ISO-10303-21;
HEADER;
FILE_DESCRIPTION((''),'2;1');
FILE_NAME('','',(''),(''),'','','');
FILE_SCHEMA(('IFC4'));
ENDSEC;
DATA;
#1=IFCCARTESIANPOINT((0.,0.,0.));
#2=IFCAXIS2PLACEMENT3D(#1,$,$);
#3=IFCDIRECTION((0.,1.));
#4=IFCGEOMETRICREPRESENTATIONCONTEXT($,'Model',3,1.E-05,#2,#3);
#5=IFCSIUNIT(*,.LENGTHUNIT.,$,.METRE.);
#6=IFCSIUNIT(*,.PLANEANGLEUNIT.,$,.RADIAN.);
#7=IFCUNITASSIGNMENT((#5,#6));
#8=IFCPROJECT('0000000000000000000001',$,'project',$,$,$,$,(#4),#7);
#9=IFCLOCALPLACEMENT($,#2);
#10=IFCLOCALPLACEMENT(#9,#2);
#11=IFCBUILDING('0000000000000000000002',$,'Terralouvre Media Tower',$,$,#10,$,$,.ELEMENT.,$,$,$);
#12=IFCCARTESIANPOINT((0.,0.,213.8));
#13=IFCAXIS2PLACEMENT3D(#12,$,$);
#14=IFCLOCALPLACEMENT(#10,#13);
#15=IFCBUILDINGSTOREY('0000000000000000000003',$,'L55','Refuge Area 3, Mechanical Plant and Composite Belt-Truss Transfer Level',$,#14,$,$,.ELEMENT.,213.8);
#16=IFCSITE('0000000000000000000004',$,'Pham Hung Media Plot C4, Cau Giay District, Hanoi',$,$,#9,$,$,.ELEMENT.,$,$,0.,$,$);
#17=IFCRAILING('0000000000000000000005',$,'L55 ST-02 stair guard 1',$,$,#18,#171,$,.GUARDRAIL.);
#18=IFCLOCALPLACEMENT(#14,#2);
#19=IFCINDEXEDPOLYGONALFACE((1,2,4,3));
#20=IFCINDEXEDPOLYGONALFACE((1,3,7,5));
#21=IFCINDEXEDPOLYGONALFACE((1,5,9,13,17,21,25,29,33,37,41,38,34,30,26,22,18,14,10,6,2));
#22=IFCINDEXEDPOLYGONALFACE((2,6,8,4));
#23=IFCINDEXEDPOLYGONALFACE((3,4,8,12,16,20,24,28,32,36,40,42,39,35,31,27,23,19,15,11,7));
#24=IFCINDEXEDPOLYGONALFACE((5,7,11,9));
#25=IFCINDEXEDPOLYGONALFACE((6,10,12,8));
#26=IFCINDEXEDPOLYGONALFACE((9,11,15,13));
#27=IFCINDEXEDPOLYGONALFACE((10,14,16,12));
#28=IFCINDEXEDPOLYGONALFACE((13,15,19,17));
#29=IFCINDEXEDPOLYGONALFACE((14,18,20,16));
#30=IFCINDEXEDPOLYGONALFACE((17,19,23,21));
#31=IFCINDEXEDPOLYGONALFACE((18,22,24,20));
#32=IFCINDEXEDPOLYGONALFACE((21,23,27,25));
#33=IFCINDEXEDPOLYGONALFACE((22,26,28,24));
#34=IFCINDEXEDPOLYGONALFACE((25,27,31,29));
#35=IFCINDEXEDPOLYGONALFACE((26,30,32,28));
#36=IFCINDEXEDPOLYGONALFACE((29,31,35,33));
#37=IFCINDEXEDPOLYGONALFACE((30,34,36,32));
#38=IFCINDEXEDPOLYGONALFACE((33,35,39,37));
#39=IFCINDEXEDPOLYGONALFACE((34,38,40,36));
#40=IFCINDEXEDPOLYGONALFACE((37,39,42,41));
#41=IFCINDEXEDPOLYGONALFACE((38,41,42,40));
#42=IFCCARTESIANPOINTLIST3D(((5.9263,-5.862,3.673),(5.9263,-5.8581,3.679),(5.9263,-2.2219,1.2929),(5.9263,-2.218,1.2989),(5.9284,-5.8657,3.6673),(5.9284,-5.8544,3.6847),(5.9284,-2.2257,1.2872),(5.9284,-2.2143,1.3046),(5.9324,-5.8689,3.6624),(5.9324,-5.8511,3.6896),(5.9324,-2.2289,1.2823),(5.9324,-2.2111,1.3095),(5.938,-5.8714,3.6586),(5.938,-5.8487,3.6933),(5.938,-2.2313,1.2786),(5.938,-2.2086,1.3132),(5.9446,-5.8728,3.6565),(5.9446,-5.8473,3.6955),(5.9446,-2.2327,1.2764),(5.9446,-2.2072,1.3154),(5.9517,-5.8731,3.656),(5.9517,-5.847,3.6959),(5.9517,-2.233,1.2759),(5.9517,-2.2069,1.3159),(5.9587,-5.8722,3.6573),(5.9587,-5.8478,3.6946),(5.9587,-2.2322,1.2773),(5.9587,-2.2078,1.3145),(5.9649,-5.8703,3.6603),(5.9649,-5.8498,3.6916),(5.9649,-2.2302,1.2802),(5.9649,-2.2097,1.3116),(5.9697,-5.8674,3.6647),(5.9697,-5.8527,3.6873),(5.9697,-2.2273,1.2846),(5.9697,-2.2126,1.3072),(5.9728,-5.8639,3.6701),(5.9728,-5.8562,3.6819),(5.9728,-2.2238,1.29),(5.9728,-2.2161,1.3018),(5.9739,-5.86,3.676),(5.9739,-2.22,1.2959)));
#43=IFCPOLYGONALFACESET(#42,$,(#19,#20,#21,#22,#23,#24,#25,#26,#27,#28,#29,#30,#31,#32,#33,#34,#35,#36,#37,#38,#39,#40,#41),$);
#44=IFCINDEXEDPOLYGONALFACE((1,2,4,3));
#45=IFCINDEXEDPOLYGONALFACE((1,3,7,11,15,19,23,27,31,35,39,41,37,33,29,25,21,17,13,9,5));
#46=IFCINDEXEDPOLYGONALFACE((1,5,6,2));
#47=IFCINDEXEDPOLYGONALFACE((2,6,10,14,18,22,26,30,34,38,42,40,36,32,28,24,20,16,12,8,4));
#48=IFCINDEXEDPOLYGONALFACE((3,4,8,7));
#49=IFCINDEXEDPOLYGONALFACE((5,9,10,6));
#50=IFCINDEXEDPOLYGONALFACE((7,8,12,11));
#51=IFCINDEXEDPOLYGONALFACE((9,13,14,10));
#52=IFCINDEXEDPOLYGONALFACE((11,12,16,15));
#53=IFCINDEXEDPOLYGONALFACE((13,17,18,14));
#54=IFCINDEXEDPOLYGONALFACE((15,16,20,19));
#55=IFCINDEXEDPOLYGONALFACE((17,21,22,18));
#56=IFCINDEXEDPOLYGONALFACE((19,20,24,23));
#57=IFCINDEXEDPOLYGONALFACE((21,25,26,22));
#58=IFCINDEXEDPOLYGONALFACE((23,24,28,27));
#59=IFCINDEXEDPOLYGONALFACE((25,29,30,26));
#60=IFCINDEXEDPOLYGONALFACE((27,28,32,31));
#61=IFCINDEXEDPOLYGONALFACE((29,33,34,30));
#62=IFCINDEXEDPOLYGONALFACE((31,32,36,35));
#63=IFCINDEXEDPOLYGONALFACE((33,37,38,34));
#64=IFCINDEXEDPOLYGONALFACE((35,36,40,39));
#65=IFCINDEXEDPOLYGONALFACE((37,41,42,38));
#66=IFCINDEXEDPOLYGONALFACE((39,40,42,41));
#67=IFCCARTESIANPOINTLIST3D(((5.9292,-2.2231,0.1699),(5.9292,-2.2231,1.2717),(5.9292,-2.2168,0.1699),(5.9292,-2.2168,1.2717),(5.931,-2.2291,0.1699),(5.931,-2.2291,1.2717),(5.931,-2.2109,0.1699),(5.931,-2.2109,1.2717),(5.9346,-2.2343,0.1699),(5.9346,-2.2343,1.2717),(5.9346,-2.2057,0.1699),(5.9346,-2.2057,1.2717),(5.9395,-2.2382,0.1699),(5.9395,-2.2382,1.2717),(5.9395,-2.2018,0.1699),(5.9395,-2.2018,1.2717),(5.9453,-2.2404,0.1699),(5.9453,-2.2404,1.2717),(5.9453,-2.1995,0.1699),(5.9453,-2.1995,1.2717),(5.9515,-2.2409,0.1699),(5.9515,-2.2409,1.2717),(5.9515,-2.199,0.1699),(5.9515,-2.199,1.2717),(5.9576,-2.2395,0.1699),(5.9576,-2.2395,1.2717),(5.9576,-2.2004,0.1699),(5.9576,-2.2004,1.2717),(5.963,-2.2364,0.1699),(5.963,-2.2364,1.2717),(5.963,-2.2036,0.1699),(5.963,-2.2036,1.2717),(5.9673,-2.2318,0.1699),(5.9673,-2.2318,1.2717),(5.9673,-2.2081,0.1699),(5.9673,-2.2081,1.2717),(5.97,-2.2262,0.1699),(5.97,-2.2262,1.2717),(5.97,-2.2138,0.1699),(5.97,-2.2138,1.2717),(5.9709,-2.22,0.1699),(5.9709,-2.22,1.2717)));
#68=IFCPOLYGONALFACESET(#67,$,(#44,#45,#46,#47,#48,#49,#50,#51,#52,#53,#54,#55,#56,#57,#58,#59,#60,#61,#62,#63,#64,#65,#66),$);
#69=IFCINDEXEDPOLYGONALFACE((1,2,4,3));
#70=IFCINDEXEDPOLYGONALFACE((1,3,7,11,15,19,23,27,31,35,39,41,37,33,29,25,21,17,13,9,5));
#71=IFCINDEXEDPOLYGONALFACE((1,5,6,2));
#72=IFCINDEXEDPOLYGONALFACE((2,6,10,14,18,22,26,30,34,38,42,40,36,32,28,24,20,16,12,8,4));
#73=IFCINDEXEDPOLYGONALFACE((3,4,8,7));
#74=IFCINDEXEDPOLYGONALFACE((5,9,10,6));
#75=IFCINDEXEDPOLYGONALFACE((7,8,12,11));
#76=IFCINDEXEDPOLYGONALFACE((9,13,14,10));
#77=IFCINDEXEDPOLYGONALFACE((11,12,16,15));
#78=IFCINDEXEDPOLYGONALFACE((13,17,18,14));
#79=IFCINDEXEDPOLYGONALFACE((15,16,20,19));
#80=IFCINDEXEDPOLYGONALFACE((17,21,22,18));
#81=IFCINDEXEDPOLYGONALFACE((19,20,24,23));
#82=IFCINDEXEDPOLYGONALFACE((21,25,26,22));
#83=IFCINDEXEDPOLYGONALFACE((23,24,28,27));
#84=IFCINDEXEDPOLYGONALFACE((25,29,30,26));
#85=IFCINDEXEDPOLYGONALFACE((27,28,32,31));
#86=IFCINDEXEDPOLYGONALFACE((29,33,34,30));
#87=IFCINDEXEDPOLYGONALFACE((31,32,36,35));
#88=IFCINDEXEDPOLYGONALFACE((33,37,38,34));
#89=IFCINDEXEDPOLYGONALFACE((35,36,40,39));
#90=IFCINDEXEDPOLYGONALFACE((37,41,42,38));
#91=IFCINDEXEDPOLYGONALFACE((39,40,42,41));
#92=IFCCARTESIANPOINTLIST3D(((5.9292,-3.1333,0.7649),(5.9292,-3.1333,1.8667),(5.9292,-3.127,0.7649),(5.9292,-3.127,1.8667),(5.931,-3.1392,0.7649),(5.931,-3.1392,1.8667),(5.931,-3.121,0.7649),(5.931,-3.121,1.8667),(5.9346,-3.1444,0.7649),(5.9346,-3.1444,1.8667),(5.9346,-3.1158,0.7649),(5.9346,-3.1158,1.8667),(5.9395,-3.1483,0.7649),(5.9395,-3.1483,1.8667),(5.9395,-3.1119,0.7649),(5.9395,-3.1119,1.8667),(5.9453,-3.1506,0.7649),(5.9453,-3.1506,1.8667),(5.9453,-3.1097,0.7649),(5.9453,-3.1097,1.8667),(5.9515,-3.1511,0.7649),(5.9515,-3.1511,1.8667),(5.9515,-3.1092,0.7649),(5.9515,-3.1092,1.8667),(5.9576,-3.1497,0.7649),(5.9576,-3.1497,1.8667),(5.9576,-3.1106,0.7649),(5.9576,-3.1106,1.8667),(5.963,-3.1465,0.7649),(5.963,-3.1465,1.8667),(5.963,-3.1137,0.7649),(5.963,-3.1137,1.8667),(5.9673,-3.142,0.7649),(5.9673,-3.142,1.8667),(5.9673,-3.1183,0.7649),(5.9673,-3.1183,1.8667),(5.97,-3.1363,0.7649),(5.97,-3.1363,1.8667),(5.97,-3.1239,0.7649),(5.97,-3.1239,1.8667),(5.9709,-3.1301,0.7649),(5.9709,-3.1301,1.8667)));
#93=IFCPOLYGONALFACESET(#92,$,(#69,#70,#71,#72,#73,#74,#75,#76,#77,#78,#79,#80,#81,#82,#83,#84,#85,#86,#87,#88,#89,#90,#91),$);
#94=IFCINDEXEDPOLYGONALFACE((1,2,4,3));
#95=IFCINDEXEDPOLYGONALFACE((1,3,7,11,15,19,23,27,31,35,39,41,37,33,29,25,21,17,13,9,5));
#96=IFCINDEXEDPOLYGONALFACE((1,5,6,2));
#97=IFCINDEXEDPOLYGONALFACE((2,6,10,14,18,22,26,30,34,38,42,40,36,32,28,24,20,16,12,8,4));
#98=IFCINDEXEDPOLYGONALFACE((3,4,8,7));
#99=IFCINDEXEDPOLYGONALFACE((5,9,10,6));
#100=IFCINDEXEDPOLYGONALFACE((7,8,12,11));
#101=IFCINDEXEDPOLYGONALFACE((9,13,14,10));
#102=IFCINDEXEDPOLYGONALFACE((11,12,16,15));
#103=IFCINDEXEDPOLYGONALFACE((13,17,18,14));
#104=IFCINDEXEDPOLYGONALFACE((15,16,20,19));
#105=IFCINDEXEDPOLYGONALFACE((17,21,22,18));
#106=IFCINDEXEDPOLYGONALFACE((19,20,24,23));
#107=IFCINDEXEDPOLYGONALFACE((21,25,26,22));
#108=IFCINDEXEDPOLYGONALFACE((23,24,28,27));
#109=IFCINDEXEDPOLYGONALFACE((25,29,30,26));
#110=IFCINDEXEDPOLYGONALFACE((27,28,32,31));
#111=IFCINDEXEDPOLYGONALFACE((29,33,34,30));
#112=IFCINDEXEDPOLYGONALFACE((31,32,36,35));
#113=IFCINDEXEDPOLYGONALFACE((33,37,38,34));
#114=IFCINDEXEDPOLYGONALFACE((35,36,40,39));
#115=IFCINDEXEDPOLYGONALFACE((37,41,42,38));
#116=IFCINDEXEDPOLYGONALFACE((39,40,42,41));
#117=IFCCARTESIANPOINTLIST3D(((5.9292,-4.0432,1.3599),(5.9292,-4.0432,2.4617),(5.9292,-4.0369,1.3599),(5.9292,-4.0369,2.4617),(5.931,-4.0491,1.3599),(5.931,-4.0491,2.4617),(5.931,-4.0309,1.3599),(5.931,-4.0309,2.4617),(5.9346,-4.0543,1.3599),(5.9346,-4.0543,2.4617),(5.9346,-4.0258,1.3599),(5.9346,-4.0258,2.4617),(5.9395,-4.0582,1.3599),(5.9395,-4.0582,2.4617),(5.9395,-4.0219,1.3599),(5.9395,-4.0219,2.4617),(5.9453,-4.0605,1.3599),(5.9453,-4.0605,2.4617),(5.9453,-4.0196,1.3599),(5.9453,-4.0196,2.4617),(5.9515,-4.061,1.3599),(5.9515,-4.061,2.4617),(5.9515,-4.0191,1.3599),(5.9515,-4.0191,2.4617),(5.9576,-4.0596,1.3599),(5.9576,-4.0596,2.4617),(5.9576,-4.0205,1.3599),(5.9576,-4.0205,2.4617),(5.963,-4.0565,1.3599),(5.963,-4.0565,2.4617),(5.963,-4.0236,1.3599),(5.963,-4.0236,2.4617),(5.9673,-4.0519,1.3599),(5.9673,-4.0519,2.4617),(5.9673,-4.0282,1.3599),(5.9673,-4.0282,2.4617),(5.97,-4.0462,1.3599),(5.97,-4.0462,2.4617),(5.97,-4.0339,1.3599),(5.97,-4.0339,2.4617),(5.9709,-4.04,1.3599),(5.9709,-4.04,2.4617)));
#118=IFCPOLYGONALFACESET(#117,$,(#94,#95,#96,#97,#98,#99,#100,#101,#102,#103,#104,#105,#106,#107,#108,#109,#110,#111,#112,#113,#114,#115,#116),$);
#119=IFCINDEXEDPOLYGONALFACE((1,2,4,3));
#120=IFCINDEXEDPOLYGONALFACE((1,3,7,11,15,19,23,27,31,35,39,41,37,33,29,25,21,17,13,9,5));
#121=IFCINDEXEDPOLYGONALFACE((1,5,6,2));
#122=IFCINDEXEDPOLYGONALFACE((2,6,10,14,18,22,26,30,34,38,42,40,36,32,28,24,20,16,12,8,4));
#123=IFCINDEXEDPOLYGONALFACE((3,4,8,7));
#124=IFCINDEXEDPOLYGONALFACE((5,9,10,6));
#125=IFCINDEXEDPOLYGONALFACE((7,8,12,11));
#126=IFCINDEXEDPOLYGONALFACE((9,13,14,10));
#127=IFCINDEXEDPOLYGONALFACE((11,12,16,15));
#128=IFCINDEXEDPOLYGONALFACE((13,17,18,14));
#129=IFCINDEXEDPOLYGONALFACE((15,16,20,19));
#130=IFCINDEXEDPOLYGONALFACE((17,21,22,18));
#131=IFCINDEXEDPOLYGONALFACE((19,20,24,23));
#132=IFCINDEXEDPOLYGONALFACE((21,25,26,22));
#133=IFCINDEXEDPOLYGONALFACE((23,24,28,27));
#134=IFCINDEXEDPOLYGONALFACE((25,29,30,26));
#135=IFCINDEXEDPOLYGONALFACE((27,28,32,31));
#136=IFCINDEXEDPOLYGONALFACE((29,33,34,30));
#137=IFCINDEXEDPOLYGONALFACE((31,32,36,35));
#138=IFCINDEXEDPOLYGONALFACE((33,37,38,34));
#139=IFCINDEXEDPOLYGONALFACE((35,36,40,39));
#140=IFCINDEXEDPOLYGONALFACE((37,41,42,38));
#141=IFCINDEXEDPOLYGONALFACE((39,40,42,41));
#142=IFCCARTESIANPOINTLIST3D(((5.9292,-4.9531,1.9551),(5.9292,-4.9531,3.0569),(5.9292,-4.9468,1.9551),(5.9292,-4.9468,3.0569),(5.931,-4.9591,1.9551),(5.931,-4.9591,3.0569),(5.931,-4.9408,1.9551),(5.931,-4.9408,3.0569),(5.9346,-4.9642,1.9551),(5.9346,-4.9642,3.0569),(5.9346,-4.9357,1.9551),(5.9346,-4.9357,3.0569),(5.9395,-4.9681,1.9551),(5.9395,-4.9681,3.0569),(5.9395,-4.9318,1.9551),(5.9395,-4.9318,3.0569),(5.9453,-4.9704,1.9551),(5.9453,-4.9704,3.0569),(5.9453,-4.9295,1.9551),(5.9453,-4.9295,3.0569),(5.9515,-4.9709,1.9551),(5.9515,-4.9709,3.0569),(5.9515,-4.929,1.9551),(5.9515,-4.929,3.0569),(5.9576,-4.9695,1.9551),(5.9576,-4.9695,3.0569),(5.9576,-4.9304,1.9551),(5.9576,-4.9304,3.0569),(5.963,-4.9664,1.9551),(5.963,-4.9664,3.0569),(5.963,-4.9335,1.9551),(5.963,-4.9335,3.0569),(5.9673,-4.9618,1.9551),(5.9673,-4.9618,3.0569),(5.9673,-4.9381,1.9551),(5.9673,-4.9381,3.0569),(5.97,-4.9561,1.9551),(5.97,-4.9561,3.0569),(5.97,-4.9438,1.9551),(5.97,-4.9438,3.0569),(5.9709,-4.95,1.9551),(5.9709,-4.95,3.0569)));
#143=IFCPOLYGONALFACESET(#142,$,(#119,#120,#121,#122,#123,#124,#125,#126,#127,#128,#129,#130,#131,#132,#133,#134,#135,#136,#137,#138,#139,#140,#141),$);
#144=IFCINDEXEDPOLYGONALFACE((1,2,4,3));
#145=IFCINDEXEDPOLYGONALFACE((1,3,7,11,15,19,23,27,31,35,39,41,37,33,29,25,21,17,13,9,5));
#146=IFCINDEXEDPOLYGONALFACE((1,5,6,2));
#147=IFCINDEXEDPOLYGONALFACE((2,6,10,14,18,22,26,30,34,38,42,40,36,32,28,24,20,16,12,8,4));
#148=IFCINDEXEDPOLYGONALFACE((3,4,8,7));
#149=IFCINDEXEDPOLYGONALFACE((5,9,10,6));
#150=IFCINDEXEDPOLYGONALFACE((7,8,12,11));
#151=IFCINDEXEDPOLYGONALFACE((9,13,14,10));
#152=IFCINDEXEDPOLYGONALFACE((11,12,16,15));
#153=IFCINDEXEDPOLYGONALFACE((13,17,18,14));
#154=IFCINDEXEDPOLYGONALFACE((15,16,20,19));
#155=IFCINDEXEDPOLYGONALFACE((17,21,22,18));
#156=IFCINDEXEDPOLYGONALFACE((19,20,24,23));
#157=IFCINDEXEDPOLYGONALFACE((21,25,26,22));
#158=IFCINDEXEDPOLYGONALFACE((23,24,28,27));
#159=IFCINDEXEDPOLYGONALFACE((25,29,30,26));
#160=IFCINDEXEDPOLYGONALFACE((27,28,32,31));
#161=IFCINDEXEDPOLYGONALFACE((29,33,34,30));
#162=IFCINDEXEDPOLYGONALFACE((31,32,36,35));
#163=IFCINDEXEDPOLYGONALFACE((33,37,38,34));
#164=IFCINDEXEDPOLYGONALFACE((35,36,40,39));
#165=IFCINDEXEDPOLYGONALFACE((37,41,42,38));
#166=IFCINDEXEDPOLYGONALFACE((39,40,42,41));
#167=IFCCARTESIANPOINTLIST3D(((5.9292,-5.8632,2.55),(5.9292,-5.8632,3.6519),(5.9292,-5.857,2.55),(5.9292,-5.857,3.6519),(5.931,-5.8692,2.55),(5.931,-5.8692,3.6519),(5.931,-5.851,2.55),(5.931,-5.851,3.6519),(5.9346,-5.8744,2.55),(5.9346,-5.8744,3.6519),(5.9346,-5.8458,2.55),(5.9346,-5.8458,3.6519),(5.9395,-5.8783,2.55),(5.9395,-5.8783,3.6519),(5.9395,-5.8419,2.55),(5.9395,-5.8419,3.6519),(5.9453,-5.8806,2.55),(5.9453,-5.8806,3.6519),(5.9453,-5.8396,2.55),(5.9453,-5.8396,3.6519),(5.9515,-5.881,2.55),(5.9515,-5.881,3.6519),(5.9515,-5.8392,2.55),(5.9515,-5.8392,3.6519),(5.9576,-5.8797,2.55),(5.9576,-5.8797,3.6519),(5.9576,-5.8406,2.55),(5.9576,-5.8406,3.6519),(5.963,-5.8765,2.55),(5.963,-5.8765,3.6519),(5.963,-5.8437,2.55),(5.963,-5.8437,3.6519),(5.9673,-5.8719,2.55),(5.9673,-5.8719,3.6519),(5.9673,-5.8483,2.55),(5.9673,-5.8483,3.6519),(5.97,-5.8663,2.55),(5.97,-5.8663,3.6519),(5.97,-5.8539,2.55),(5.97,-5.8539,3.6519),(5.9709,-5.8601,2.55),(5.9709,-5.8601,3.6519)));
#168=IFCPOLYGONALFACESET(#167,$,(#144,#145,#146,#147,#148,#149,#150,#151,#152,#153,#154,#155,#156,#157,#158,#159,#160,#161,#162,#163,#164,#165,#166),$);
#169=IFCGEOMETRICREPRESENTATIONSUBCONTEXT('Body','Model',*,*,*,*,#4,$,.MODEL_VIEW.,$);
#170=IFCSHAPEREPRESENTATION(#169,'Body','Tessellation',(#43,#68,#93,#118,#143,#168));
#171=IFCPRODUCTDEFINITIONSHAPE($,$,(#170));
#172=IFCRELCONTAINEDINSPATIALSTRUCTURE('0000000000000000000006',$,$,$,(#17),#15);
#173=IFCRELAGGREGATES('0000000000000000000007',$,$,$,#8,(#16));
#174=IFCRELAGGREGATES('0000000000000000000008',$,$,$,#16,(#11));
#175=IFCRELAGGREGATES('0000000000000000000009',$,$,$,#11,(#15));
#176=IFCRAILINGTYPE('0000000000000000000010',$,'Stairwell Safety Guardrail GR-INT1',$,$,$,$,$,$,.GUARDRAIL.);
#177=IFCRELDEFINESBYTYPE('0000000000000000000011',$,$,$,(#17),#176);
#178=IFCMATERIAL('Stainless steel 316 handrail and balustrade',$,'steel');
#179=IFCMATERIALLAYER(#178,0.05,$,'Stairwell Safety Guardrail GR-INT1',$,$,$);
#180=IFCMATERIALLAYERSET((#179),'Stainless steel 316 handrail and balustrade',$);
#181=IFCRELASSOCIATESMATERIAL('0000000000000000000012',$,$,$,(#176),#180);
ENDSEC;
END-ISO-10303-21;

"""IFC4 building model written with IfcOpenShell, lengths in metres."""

from ifc_helpers import new_model, si_unit, direction, frame, origin, origin_2d, place, context, subcontext, project, spatial, circle, extrude, material, layer, layer_set, type_object, element, save


model = new_model("IFC4")

# Units and contexts
model_context = context("Model", 3, precision=1e-05, world=origin(), true_north=direction((0.0, 1.0)))
body_context = subcontext(model_context, "Body", "Model", "MODEL_VIEW")
ifc_project = project(units=[si_unit("LENGTHUNIT", "METRE"), si_unit("PLANEANGLEUNIT", "RADIAN")], contexts=[model_context])

# Site, building, storey
site_placement = place(None, origin())
site = spatial("IfcSite", under=ifc_project, at=site_placement, Name="Pham Hung Media Plot C4, Cau Giay District, Hanoi", CompositionType="ELEMENT", RefElevation=0.0)
building_placement = place(site_placement, origin())
building = spatial("IfcBuilding", under=site, at=building_placement, Name="Terralouvre Media Tower", CompositionType="ELEMENT")
storey_placement = place(building_placement, frame((0.0, 0.0, 213.8)))
storey = spatial("IfcBuildingStorey", under=building, at=storey_placement, Name="L55", Description="Refuge Area 3, Mechanical Plant and Composite Belt-Truss Transfer Level", CompositionType="ELEMENT", Elevation=213.8)

# Railing
ifc_material_1 = material(Name="Stainless steel 316 handrail and balustrade", Category="steel")
ifc_layer_1 = layer(ifc_material_1, 0.05, Name="Stairwell Safety Guardrail GR-INT1")
ifc_layer_set_1 = layer_set([ifc_layer_1], Name="Stainless steel 316 handrail and balustrade")
railing_type_1 = type_object("IfcRailingType", Name="Stairwell Safety Guardrail GR-INT1", PredefinedType="GUARDRAIL", material=ifc_layer_set_1)
railing_1_placement = place(storey_placement, frame((5.95, -2.22, 0.1699)))
element("IfcRailing", 1, at=railing_1_placement, inside=storey, type_object=railing_type_1, Name="L55 ST-02 stair guard 1", PredefinedType="GUARDRAIL", context=body_context, shape_type="SweptSolid", body=[
    extrude(circle(Radius=0.0239, at=origin_2d()), frame((0.0, 0.0, 1.126), z_axis=(0.0, -0.836966, 0.547255), x_axis=(1.0, 0.0, 0.0)), (0.0, 0.0, 1.0), 4.3491),
    extrude(circle(Radius=0.021, at=origin_2d()), origin(), (0.0, 0.0, 1.0), 1.1018),
    extrude(circle(Radius=0.021, at=origin_2d()), frame((0.0, -0.9102, 0.595)), (0.0, 0.0, 1.0), 1.1018),
    extrude(circle(Radius=0.021, at=origin_2d()), frame((0.0, -1.8201, 1.1899)), (0.0, 0.0, 1.0), 1.1018),
    extrude(circle(Radius=0.021, at=origin_2d()), frame((0.0, -2.73, 1.7852)), (0.0, 0.0, 1.0), 1.1018),
    extrude(circle(Radius=0.021, at=origin_2d()), frame((0.0, -3.6401, 2.3801)), (0.0, 0.0, 1.0), 1.1018),
])

save(model, "model.ifc")
